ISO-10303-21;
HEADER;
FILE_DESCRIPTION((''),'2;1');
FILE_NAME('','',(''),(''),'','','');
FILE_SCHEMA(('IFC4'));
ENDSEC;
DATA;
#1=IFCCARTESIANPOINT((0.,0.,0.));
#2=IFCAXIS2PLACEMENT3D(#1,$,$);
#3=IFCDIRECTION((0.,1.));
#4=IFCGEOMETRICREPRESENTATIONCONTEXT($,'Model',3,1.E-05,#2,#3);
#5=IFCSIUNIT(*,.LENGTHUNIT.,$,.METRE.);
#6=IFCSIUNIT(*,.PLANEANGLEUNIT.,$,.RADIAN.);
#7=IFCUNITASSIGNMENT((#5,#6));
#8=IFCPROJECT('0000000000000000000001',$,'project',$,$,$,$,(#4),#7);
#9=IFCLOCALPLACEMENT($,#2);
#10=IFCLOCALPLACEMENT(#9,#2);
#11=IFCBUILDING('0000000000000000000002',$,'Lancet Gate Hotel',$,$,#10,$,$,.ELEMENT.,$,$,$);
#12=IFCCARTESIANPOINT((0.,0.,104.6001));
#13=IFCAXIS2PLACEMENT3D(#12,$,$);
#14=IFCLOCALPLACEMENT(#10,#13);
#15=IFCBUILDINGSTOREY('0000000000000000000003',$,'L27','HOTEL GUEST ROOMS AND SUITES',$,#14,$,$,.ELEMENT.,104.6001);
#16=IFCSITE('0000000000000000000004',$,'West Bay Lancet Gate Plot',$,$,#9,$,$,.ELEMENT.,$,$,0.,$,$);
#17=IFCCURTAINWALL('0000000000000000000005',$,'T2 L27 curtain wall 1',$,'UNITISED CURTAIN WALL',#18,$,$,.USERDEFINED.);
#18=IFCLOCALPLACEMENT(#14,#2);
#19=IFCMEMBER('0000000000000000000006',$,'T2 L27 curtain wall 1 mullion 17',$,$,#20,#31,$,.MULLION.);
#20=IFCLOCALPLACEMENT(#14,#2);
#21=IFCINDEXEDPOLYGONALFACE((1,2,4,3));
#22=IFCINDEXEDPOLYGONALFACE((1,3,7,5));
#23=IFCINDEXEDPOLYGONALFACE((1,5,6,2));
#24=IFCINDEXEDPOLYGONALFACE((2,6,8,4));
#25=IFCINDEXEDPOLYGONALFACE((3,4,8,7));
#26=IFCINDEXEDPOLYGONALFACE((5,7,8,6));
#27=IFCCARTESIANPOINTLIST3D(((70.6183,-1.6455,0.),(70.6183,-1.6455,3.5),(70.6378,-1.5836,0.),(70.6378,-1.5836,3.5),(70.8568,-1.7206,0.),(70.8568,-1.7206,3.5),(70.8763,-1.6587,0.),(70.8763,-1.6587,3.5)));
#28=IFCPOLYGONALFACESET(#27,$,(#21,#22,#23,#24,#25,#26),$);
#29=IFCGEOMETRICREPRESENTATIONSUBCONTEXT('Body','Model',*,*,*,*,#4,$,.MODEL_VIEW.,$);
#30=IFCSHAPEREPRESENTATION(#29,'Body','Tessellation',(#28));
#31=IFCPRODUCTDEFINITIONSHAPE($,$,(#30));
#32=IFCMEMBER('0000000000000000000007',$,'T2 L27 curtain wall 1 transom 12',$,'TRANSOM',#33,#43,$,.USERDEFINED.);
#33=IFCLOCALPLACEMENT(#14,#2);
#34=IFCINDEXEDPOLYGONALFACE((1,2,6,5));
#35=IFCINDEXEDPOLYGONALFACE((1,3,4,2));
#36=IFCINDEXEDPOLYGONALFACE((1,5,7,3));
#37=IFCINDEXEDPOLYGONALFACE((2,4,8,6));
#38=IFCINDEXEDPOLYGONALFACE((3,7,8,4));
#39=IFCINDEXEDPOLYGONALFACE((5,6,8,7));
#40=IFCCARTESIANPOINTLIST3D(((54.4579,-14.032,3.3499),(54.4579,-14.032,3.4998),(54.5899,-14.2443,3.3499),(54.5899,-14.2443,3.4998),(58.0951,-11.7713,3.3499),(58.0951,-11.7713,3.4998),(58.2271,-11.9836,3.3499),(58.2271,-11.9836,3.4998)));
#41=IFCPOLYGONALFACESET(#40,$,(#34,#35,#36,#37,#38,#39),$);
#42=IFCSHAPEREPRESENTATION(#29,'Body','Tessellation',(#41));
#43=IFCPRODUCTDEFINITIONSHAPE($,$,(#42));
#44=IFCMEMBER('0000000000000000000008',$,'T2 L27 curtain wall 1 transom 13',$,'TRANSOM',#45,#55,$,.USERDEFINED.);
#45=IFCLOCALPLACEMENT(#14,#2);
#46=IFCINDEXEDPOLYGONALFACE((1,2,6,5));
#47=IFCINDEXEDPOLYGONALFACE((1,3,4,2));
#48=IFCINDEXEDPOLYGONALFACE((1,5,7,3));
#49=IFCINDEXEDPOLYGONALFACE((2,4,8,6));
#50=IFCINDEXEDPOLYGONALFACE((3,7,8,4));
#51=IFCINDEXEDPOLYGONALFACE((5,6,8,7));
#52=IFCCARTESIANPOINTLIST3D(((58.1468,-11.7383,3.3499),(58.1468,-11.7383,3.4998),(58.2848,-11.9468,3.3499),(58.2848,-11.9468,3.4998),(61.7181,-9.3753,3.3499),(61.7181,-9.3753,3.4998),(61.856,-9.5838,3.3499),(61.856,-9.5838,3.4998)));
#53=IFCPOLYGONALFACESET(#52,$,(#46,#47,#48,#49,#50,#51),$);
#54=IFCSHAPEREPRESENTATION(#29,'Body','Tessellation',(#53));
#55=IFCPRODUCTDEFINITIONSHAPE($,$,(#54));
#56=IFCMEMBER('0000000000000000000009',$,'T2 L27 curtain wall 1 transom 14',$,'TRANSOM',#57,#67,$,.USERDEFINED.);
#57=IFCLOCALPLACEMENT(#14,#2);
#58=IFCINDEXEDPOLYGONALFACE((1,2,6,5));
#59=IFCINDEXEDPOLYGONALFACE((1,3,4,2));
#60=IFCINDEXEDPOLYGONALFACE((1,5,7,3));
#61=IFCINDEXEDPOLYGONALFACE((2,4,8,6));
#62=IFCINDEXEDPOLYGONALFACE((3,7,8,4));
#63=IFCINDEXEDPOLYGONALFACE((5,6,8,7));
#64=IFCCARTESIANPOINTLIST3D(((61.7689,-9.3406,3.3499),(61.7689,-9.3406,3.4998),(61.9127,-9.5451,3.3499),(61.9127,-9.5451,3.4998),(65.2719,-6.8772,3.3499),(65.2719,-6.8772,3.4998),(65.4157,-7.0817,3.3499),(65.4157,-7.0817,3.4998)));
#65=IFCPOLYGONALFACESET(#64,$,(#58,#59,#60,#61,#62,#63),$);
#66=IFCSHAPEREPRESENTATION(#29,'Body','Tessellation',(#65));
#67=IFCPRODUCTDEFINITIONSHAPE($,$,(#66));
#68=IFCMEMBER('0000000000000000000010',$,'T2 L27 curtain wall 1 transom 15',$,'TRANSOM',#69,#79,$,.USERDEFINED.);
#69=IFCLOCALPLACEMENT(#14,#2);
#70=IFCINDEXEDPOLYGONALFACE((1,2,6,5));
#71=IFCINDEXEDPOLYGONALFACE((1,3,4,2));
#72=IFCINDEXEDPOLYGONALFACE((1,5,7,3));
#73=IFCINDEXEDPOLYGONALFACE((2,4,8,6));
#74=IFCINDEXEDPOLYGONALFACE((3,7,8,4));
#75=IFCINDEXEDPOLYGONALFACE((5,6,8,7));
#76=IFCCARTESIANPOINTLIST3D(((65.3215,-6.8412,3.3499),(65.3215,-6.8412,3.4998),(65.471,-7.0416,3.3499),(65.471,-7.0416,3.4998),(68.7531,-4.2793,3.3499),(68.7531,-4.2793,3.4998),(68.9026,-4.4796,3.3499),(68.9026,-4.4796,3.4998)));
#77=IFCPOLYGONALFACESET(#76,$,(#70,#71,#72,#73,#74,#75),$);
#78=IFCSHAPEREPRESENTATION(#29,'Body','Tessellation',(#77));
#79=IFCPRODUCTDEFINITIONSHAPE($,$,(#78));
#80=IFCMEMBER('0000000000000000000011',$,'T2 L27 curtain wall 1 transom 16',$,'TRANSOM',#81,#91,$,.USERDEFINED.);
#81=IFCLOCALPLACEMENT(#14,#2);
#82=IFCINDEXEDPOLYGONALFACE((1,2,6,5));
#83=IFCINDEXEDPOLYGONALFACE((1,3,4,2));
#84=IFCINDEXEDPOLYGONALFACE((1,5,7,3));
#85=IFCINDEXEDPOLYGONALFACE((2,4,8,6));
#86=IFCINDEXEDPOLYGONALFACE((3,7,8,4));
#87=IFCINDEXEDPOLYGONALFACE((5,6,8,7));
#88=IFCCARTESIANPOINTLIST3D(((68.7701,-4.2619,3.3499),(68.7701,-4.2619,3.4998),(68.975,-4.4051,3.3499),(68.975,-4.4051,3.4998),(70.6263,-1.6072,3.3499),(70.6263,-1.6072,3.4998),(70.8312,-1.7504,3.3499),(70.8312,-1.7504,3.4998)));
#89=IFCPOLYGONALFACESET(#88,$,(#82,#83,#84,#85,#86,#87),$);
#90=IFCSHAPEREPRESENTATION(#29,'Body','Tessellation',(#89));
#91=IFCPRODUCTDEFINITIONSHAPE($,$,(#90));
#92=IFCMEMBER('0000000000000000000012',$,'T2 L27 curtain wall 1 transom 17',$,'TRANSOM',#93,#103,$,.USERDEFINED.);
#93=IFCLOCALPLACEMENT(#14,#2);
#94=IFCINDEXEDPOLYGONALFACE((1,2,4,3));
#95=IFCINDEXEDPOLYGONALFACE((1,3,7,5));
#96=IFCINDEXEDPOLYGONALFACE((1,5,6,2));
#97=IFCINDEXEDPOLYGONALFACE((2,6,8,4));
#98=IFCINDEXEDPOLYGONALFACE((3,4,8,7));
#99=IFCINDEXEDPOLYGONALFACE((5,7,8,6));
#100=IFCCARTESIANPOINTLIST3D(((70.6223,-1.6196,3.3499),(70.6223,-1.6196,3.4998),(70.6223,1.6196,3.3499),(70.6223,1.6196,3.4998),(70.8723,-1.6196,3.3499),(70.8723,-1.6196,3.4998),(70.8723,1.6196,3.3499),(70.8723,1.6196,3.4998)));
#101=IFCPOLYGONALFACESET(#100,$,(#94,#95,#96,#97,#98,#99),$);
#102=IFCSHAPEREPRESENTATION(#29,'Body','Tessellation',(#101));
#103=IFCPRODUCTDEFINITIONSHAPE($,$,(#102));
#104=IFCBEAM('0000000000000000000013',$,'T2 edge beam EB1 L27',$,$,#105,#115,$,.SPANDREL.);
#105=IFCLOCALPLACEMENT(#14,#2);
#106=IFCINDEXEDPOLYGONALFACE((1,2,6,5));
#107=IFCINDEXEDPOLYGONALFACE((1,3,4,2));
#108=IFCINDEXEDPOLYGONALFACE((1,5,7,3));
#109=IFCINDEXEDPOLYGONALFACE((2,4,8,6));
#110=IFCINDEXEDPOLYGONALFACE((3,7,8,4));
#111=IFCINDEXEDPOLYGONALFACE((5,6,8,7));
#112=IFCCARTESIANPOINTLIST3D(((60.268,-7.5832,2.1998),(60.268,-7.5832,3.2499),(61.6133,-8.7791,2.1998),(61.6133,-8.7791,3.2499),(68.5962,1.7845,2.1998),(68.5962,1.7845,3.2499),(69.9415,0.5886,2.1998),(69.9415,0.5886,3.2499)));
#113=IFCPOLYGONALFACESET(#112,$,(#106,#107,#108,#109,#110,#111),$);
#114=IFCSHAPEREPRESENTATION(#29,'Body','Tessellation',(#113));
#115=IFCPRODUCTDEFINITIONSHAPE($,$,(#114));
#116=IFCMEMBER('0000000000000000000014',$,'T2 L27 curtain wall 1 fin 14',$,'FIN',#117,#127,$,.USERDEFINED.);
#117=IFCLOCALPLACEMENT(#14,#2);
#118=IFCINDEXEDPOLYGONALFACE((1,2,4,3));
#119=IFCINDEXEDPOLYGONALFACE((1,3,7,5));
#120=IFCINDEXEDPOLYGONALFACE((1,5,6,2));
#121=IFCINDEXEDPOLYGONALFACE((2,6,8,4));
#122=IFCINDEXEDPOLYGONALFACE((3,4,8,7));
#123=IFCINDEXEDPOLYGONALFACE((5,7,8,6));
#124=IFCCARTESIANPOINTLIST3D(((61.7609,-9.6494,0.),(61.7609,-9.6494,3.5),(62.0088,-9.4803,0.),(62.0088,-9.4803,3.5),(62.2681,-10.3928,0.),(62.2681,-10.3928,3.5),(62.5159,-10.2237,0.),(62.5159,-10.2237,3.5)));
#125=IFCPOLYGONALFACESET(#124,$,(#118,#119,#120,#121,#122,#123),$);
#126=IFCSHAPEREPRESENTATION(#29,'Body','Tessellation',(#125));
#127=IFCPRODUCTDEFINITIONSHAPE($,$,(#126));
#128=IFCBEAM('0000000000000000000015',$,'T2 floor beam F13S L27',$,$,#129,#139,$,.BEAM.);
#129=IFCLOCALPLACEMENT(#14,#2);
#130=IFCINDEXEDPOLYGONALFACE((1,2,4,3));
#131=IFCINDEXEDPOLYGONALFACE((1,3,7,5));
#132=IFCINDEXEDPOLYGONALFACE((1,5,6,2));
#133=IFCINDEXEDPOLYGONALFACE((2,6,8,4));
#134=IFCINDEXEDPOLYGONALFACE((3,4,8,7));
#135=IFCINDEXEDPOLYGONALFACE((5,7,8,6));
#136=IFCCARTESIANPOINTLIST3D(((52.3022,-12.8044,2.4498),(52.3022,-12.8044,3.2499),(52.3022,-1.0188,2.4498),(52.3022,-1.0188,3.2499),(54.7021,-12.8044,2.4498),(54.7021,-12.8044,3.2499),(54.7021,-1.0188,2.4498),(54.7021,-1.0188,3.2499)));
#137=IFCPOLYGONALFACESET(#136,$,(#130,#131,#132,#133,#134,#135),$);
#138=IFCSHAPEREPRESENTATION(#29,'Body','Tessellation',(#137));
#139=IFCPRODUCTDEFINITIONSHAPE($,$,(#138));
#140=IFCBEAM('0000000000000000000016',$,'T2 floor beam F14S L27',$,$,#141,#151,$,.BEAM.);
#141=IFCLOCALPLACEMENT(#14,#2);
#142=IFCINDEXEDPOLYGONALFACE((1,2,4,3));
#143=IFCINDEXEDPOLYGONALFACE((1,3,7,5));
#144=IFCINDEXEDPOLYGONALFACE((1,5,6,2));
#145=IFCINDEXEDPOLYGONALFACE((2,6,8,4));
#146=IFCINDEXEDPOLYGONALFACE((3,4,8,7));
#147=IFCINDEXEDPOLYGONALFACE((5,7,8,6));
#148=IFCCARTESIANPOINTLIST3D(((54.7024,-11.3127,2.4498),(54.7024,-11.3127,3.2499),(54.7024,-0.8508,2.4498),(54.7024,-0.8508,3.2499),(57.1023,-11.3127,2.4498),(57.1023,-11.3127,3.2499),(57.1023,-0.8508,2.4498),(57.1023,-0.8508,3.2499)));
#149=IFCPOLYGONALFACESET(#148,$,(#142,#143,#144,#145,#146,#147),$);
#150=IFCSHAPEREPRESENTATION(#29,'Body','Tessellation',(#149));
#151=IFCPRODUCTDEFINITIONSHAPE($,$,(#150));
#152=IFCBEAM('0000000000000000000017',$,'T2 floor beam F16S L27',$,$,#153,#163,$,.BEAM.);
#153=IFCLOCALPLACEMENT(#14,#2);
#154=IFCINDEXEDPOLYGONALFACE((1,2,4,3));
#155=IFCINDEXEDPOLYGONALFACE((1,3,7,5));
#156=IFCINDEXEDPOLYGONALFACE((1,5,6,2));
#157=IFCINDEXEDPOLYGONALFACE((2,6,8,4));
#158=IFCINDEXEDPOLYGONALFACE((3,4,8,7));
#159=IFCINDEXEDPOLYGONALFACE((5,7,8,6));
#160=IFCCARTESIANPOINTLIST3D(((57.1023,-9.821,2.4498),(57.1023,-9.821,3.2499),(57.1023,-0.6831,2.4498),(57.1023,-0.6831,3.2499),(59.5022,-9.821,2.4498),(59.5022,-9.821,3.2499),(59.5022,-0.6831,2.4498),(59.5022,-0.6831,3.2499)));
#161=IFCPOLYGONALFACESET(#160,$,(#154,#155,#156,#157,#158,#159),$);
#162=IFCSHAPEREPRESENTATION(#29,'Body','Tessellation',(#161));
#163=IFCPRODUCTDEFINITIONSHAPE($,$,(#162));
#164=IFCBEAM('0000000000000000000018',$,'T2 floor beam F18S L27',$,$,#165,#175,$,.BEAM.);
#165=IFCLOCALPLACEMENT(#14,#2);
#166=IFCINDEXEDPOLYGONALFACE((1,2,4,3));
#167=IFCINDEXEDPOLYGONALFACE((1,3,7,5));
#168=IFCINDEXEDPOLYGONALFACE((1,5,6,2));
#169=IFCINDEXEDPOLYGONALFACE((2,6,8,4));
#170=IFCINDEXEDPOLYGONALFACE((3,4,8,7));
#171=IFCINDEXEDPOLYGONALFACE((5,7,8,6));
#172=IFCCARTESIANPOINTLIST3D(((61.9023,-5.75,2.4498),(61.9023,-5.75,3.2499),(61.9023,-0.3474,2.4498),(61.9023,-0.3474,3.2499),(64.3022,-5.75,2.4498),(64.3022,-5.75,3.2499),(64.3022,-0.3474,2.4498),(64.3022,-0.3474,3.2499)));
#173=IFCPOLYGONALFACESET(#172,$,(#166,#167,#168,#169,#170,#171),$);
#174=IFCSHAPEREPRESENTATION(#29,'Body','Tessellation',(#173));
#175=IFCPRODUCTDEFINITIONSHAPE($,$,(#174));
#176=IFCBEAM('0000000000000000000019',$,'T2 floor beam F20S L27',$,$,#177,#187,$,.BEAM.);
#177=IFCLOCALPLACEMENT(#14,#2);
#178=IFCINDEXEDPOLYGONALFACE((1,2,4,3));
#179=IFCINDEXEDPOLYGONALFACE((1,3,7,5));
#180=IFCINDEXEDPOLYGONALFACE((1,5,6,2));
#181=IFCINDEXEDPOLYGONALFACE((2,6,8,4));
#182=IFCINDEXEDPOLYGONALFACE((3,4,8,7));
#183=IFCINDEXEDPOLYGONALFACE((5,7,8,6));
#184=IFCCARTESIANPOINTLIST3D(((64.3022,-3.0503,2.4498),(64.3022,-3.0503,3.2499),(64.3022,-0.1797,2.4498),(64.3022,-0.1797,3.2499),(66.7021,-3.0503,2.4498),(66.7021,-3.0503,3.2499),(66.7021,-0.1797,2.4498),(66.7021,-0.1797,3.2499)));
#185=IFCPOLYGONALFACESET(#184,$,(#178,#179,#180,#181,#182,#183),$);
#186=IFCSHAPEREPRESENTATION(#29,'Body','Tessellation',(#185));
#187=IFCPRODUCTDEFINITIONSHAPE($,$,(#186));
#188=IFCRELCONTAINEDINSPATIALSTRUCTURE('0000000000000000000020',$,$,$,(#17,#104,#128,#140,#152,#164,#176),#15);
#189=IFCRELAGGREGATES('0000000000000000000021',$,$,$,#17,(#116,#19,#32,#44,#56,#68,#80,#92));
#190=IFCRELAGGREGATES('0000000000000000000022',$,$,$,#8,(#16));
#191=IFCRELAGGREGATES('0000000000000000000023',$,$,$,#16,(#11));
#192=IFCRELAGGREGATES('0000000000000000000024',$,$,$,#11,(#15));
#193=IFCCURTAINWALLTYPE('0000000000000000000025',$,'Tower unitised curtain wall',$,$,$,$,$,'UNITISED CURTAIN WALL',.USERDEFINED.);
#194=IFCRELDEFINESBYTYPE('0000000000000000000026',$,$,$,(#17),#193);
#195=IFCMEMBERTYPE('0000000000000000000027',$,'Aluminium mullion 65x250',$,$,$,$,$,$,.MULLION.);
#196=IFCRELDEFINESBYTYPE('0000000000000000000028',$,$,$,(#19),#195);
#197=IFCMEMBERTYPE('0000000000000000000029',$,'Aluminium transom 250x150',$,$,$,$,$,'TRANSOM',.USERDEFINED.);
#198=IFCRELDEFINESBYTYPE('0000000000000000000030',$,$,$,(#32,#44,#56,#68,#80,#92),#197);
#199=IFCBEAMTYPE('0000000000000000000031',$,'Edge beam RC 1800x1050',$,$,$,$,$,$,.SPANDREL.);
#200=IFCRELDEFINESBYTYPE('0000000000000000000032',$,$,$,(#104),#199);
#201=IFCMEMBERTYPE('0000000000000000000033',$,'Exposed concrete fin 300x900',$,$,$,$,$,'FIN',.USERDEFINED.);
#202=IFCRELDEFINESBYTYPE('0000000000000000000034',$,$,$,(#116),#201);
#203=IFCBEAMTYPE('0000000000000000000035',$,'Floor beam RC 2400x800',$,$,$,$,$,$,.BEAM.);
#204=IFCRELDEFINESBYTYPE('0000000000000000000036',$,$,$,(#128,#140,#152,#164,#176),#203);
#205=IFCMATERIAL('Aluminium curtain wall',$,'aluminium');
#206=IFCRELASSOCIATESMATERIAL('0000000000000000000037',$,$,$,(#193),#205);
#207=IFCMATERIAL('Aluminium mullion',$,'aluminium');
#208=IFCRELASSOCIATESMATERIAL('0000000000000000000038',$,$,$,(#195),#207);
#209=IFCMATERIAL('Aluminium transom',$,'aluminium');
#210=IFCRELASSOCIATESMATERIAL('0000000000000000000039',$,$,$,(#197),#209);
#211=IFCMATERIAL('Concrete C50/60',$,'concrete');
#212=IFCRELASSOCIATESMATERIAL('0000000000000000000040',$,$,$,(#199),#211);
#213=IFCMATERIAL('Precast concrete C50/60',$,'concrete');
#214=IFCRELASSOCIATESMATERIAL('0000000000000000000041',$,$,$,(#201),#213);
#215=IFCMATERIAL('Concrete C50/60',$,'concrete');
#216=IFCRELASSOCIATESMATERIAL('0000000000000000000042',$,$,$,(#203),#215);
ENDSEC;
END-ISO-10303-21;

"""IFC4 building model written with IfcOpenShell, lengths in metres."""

from ifc_helpers import new_model, si_unit, direction, frame, origin, origin_2d, place, context, subcontext, project, spatial, rectangle, extrude, material, material_profile, profile_set, type_object, element, aggregate, save


model = new_model("IFC4")

# Units and contexts
model_context = context("Model", 3, precision=1e-05, world=origin(), true_north=direction((0.0, 1.0)))
body_context = subcontext(model_context, "Body", "Model", "MODEL_VIEW")
ifc_project = project(units=[si_unit("LENGTHUNIT", "METRE"), si_unit("PLANEANGLEUNIT", "RADIAN")], contexts=[model_context])

# Site, building, storey
site_placement = place(None, origin())
site = spatial("IfcSite", under=ifc_project, at=site_placement, Name="West Bay Lancet Gate Plot", CompositionType="ELEMENT", RefElevation=0.0)
building_placement = place(site_placement, origin())
building = spatial("IfcBuilding", under=site, at=building_placement, Name="Lancet Gate Hotel", CompositionType="ELEMENT")
storey_placement = place(building_placement, frame((0.0, 0.0, 104.6001)))
storey = spatial("IfcBuildingStorey", under=building, at=storey_placement, Name="L27", Description="HOTEL GUEST ROOMS AND SUITES", CompositionType="ELEMENT", Elevation=104.6001)

# Curtain wall, members
ifc_material_1 = material(Name="Aluminium curtain wall", Category="aluminium")
curtain_wall_type = type_object("IfcCurtainWallType", Name="Tower unitised curtain wall", ElementType="UNITISED CURTAIN WALL", PredefinedType="USERDEFINED", material=ifc_material_1)
curtain_wall_placement = place(storey_placement, origin())
curtain_wall = element("IfcCurtainWall", 1, at=curtain_wall_placement, inside=storey, type_object=curtain_wall_type, Name="T2 L27 curtain wall 1", ObjectType="UNITISED CURTAIN WALL", PredefinedType="USERDEFINED")
ifc_material_2 = material(Name="Aluminium mullion", Category="aluminium")
ifc_material_profile_1 = material_profile(ifc_material_2, rectangle(XDim=0.0649, YDim=0.25, at=origin_2d()), Name="MULLION 65x250")
ifc_profile_set_1 = profile_set([ifc_material_profile_1], Name="Aluminium mullion")
member_type_1 = type_object("IfcMemberType", Name="Aluminium mullion 65x250", PredefinedType="MULLION", material=ifc_profile_set_1)
member_1_placement = place(storey_placement, frame((70.7473, -1.6521, 0.0), z_axis=(0.0, 0.0, 1.0), x_axis=(0.300385, 0.953818, 0.0)))
member_1 = element("IfcMember", 2, at=member_1_placement, type_object=member_type_1, Name="T2 L27 curtain wall 1 mullion 17", PredefinedType="MULLION", context=body_context, shape_type="SweptSolid", body=[
    extrude(rectangle(XDim=0.0649, YDim=0.25, at=origin_2d()), origin(), (0.0, 0.0, 1.0), 3.5),
])
ifc_material_3 = material(Name="Aluminium transom", Category="aluminium")
ifc_material_profile_2 = material_profile(ifc_material_3, rectangle(XDim=0.25, YDim=0.1499, at=origin_2d()), Name="TRANSOM 250x150")
ifc_profile_set_2 = profile_set([ifc_material_profile_2], Name="Aluminium transom")
member_type_2 = type_object("IfcMemberType", Name="Aluminium transom 250x150", ElementType="TRANSOM", PredefinedType="USERDEFINED", material=ifc_profile_set_2)
member_2_placement = place(storey_placement, frame((54.5239, -14.1382, 3.4248), z_axis=(0.849309, 0.527896, 0.0), x_axis=(-0.527896, 0.849309, 0.0)))
member_2 = element("IfcMember", 3, at=member_2_placement, type_object=member_type_2, Name="T2 L27 curtain wall 1 transom 12", ObjectType="TRANSOM", PredefinedType="USERDEFINED", context=body_context, shape_type="SweptSolid", body=[
    extrude(rectangle(XDim=0.25, YDim=0.1499, at=origin_2d()), origin(), (0.0, 0.0, 1.0), 4.2825),
])
member_3_placement = place(storey_placement, frame((58.2158, -11.8425, 3.4248), z_axis=(0.833966, 0.551816, 0.0), x_axis=(-0.551816, 0.833966, 0.0)))
member_3 = element("IfcMember", 4, at=member_3_placement, type_object=member_type_2, Name="T2 L27 curtain wall 1 transom 13", ObjectType="TRANSOM", PredefinedType="USERDEFINED", context=body_context, shape_type="SweptSolid", body=[
    extrude(rectangle(XDim=0.25, YDim=0.1499, at=origin_2d()), origin(), (0.0, 0.0, 1.0), 4.2822),
])
member_4_placement = place(storey_placement, frame((61.8408, -9.4429, 3.4248), z_axis=(0.817987, 0.575236, 0.0), x_axis=(-0.575236, 0.817987, 0.0)))
member_4 = element("IfcMember", 5, at=member_4_placement, type_object=member_type_2, Name="T2 L27 curtain wall 1 transom 14", ObjectType="TRANSOM", PredefinedType="USERDEFINED", context=body_context, shape_type="SweptSolid", body=[
    extrude(rectangle(XDim=0.25, YDim=0.1499, at=origin_2d()), origin(), (0.0, 0.0, 1.0), 4.2825),
])
member_5_placement = place(storey_placement, frame((65.3962, -6.9414, 3.4248), z_axis=(0.801312, 0.598247, 0.0), x_axis=(-0.598247, 0.801312, 0.0)))
member_5 = element("IfcMember", 6, at=member_5_placement, type_object=member_type_2, Name="T2 L27 curtain wall 1 transom 15", ObjectType="TRANSOM", PredefinedType="USERDEFINED", context=body_context, shape_type="SweptSolid", body=[
    extrude(rectangle(XDim=0.25, YDim=0.1499, at=origin_2d()), origin(), (0.0, 0.0, 1.0), 4.2825),
])
member_6_placement = place(storey_placement, frame((68.8726, -4.3335, 3.4248), z_axis=(0.573017, 0.819543, 0.0), x_axis=(-0.819543, 0.573017, 0.0)))
member_6 = element("IfcMember", 7, at=member_6_placement, type_object=member_type_2, Name="T2 L27 curtain wall 1 transom 16", ObjectType="TRANSOM", PredefinedType="USERDEFINED", context=body_context, shape_type="SweptSolid", body=[
    extrude(rectangle(XDim=0.25, YDim=0.1499, at=origin_2d()), origin(), (0.0, 0.0, 1.0), 3.2393),
])
member_7_placement = place(storey_placement, frame((70.7473, -1.6196, 3.4248), z_axis=(0.0, 1.0, 0.0), x_axis=(-1.0, 0.0, 0.0)))
member_7 = element("IfcMember", 8, at=member_7_placement, type_object=member_type_2, Name="T2 L27 curtain wall 1 transom 17", ObjectType="TRANSOM", PredefinedType="USERDEFINED", context=body_context, shape_type="SweptSolid", body=[
    extrude(rectangle(XDim=0.25, YDim=0.1499, at=origin_2d()), origin(), (0.0, 0.0, 1.0), 3.2393),
])

# Beam
ifc_material_4 = material(Name="Concrete C50/60", Category="concrete")
ifc_material_profile_3 = material_profile(ifc_material_4, rectangle(XDim=1.8, YDim=1.05, at=origin_2d()), Name="RC 1800x1050")
ifc_profile_set_3 = profile_set([ifc_material_profile_3], Name="Concrete C50/60")
beam_type_1 = type_object("IfcBeamType", Name="Edge beam RC 1800x1050", PredefinedType="SPANDREL", material=ifc_profile_set_3)
beam_1_placement = place(storey_placement, frame((60.9407, -8.1812, 2.7249), z_axis=(0.664422, 0.747358, 0.0), x_axis=(-0.747358, 0.664422, 0.0)))
element("IfcBeam", 9, at=beam_1_placement, inside=storey, type_object=beam_type_1, Name="T2 edge beam EB1 L27", PredefinedType="SPANDREL", context=body_context, shape_type="SweptSolid", body=[
    extrude(rectangle(XDim=1.8, YDim=1.05, at=origin_2d()), origin(), (0.0, 0.0, 1.0), 12.5344),
])

# Member
ifc_material_5 = material(Name="Precast concrete C50/60", Category="concrete")
ifc_material_profile_4 = material_profile(ifc_material_5, rectangle(XDim=0.3, YDim=0.8999, at=origin_2d()), Name="FIN 300x900")
ifc_profile_set_4 = profile_set([ifc_material_profile_4], Name="Precast concrete C50/60")
member_type_3 = type_object("IfcMemberType", Name="Exposed concrete fin 300x900", ElementType="FIN", PredefinedType="USERDEFINED", material=ifc_profile_set_4)
member_8_placement = place(storey_placement, frame((62.1384, -9.9365, 0.0), z_axis=(0.0, 0.0, 1.0), x_axis=(0.826066, 0.563574, 0.0)))
member_8 = element("IfcMember", 10, at=member_8_placement, type_object=member_type_3, Name="T2 L27 curtain wall 1 fin 14", ObjectType="FIN", PredefinedType="USERDEFINED", context=body_context, shape_type="SweptSolid", body=[
    extrude(rectangle(XDim=0.3, YDim=0.8999, at=origin_2d()), origin(), (0.0, 0.0, 1.0), 3.5),
])

# Beams
ifc_material_6 = material(Name="Concrete C50/60", Category="concrete")
ifc_material_profile_5 = material_profile(ifc_material_6, rectangle(XDim=2.3999, YDim=0.8, at=origin_2d()), Name="RC 2400x800")
ifc_profile_set_5 = profile_set([ifc_material_profile_5], Name="Concrete C50/60")
beam_type_2 = type_object("IfcBeamType", Name="Floor beam RC 2400x800", PredefinedType="BEAM", material=ifc_profile_set_5)
beam_2_placement = place(storey_placement, frame((53.5022, -12.8044, 2.8499), z_axis=(0.0, 1.0, 0.0), x_axis=(-1.0, 0.0, 0.0)))
element("IfcBeam", 11, at=beam_2_placement, inside=storey, type_object=beam_type_2, Name="T2 floor beam F13S L27", PredefinedType="BEAM", context=body_context, shape_type="SweptSolid", body=[
    extrude(rectangle(XDim=2.3999, YDim=0.8, at=origin_2d()), origin(), (0.0, 0.0, 1.0), 11.7856),
])
beam_3_placement = place(storey_placement, frame((55.9023, -11.3127, 2.8499), z_axis=(0.0, 1.0, 0.0), x_axis=(-1.0, 0.0, 0.0)))
element("IfcBeam", 12, at=beam_3_placement, inside=storey, type_object=beam_type_2, Name="T2 floor beam F14S L27", PredefinedType="BEAM", context=body_context, shape_type="SweptSolid", body=[
    extrude(rectangle(XDim=2.3999, YDim=0.8, at=origin_2d()), origin(), (0.0, 0.0, 1.0), 10.4619),
])
beam_4_placement = place(storey_placement, frame((58.3022, -9.821, 2.8499), z_axis=(0.0, 1.0, 0.0), x_axis=(-1.0, 0.0, 0.0)))
element("IfcBeam", 13, at=beam_4_placement, inside=storey, type_object=beam_type_2, Name="T2 floor beam F16S L27", PredefinedType="BEAM", context=body_context, shape_type="SweptSolid", body=[
    extrude(rectangle(XDim=2.3999, YDim=0.8, at=origin_2d()), origin(), (0.0, 0.0, 1.0), 9.1379),
])
beam_5_placement = place(storey_placement, frame((63.1023, -5.75, 2.8499), z_axis=(0.0, 1.0, 0.0), x_axis=(-1.0, 0.0, 0.0)))
element("IfcBeam", 14, at=beam_5_placement, inside=storey, type_object=beam_type_2, Name="T2 floor beam F18S L27", PredefinedType="BEAM", context=body_context, shape_type="SweptSolid", body=[
    extrude(rectangle(XDim=2.3999, YDim=0.8, at=origin_2d()), origin(), (0.0, 0.0, 1.0), 5.4026),
])
beam_6_placement = place(storey_placement, frame((65.5022, -3.0503, 2.8499), z_axis=(0.0, 1.0, 0.0), x_axis=(-1.0, 0.0, 0.0)))
element("IfcBeam", 15, at=beam_6_placement, inside=storey, type_object=beam_type_2, Name="T2 floor beam F20S L27", PredefinedType="BEAM", context=body_context, shape_type="SweptSolid", body=[
    extrude(rectangle(XDim=2.3999, YDim=0.8, at=origin_2d()), origin(), (0.0, 0.0, 1.0), 2.8706),
])

aggregate(curtain_wall, [member_8, member_1, member_2, member_3, member_4, member_5, member_6, member_7])

save(model, "model.ifc")
